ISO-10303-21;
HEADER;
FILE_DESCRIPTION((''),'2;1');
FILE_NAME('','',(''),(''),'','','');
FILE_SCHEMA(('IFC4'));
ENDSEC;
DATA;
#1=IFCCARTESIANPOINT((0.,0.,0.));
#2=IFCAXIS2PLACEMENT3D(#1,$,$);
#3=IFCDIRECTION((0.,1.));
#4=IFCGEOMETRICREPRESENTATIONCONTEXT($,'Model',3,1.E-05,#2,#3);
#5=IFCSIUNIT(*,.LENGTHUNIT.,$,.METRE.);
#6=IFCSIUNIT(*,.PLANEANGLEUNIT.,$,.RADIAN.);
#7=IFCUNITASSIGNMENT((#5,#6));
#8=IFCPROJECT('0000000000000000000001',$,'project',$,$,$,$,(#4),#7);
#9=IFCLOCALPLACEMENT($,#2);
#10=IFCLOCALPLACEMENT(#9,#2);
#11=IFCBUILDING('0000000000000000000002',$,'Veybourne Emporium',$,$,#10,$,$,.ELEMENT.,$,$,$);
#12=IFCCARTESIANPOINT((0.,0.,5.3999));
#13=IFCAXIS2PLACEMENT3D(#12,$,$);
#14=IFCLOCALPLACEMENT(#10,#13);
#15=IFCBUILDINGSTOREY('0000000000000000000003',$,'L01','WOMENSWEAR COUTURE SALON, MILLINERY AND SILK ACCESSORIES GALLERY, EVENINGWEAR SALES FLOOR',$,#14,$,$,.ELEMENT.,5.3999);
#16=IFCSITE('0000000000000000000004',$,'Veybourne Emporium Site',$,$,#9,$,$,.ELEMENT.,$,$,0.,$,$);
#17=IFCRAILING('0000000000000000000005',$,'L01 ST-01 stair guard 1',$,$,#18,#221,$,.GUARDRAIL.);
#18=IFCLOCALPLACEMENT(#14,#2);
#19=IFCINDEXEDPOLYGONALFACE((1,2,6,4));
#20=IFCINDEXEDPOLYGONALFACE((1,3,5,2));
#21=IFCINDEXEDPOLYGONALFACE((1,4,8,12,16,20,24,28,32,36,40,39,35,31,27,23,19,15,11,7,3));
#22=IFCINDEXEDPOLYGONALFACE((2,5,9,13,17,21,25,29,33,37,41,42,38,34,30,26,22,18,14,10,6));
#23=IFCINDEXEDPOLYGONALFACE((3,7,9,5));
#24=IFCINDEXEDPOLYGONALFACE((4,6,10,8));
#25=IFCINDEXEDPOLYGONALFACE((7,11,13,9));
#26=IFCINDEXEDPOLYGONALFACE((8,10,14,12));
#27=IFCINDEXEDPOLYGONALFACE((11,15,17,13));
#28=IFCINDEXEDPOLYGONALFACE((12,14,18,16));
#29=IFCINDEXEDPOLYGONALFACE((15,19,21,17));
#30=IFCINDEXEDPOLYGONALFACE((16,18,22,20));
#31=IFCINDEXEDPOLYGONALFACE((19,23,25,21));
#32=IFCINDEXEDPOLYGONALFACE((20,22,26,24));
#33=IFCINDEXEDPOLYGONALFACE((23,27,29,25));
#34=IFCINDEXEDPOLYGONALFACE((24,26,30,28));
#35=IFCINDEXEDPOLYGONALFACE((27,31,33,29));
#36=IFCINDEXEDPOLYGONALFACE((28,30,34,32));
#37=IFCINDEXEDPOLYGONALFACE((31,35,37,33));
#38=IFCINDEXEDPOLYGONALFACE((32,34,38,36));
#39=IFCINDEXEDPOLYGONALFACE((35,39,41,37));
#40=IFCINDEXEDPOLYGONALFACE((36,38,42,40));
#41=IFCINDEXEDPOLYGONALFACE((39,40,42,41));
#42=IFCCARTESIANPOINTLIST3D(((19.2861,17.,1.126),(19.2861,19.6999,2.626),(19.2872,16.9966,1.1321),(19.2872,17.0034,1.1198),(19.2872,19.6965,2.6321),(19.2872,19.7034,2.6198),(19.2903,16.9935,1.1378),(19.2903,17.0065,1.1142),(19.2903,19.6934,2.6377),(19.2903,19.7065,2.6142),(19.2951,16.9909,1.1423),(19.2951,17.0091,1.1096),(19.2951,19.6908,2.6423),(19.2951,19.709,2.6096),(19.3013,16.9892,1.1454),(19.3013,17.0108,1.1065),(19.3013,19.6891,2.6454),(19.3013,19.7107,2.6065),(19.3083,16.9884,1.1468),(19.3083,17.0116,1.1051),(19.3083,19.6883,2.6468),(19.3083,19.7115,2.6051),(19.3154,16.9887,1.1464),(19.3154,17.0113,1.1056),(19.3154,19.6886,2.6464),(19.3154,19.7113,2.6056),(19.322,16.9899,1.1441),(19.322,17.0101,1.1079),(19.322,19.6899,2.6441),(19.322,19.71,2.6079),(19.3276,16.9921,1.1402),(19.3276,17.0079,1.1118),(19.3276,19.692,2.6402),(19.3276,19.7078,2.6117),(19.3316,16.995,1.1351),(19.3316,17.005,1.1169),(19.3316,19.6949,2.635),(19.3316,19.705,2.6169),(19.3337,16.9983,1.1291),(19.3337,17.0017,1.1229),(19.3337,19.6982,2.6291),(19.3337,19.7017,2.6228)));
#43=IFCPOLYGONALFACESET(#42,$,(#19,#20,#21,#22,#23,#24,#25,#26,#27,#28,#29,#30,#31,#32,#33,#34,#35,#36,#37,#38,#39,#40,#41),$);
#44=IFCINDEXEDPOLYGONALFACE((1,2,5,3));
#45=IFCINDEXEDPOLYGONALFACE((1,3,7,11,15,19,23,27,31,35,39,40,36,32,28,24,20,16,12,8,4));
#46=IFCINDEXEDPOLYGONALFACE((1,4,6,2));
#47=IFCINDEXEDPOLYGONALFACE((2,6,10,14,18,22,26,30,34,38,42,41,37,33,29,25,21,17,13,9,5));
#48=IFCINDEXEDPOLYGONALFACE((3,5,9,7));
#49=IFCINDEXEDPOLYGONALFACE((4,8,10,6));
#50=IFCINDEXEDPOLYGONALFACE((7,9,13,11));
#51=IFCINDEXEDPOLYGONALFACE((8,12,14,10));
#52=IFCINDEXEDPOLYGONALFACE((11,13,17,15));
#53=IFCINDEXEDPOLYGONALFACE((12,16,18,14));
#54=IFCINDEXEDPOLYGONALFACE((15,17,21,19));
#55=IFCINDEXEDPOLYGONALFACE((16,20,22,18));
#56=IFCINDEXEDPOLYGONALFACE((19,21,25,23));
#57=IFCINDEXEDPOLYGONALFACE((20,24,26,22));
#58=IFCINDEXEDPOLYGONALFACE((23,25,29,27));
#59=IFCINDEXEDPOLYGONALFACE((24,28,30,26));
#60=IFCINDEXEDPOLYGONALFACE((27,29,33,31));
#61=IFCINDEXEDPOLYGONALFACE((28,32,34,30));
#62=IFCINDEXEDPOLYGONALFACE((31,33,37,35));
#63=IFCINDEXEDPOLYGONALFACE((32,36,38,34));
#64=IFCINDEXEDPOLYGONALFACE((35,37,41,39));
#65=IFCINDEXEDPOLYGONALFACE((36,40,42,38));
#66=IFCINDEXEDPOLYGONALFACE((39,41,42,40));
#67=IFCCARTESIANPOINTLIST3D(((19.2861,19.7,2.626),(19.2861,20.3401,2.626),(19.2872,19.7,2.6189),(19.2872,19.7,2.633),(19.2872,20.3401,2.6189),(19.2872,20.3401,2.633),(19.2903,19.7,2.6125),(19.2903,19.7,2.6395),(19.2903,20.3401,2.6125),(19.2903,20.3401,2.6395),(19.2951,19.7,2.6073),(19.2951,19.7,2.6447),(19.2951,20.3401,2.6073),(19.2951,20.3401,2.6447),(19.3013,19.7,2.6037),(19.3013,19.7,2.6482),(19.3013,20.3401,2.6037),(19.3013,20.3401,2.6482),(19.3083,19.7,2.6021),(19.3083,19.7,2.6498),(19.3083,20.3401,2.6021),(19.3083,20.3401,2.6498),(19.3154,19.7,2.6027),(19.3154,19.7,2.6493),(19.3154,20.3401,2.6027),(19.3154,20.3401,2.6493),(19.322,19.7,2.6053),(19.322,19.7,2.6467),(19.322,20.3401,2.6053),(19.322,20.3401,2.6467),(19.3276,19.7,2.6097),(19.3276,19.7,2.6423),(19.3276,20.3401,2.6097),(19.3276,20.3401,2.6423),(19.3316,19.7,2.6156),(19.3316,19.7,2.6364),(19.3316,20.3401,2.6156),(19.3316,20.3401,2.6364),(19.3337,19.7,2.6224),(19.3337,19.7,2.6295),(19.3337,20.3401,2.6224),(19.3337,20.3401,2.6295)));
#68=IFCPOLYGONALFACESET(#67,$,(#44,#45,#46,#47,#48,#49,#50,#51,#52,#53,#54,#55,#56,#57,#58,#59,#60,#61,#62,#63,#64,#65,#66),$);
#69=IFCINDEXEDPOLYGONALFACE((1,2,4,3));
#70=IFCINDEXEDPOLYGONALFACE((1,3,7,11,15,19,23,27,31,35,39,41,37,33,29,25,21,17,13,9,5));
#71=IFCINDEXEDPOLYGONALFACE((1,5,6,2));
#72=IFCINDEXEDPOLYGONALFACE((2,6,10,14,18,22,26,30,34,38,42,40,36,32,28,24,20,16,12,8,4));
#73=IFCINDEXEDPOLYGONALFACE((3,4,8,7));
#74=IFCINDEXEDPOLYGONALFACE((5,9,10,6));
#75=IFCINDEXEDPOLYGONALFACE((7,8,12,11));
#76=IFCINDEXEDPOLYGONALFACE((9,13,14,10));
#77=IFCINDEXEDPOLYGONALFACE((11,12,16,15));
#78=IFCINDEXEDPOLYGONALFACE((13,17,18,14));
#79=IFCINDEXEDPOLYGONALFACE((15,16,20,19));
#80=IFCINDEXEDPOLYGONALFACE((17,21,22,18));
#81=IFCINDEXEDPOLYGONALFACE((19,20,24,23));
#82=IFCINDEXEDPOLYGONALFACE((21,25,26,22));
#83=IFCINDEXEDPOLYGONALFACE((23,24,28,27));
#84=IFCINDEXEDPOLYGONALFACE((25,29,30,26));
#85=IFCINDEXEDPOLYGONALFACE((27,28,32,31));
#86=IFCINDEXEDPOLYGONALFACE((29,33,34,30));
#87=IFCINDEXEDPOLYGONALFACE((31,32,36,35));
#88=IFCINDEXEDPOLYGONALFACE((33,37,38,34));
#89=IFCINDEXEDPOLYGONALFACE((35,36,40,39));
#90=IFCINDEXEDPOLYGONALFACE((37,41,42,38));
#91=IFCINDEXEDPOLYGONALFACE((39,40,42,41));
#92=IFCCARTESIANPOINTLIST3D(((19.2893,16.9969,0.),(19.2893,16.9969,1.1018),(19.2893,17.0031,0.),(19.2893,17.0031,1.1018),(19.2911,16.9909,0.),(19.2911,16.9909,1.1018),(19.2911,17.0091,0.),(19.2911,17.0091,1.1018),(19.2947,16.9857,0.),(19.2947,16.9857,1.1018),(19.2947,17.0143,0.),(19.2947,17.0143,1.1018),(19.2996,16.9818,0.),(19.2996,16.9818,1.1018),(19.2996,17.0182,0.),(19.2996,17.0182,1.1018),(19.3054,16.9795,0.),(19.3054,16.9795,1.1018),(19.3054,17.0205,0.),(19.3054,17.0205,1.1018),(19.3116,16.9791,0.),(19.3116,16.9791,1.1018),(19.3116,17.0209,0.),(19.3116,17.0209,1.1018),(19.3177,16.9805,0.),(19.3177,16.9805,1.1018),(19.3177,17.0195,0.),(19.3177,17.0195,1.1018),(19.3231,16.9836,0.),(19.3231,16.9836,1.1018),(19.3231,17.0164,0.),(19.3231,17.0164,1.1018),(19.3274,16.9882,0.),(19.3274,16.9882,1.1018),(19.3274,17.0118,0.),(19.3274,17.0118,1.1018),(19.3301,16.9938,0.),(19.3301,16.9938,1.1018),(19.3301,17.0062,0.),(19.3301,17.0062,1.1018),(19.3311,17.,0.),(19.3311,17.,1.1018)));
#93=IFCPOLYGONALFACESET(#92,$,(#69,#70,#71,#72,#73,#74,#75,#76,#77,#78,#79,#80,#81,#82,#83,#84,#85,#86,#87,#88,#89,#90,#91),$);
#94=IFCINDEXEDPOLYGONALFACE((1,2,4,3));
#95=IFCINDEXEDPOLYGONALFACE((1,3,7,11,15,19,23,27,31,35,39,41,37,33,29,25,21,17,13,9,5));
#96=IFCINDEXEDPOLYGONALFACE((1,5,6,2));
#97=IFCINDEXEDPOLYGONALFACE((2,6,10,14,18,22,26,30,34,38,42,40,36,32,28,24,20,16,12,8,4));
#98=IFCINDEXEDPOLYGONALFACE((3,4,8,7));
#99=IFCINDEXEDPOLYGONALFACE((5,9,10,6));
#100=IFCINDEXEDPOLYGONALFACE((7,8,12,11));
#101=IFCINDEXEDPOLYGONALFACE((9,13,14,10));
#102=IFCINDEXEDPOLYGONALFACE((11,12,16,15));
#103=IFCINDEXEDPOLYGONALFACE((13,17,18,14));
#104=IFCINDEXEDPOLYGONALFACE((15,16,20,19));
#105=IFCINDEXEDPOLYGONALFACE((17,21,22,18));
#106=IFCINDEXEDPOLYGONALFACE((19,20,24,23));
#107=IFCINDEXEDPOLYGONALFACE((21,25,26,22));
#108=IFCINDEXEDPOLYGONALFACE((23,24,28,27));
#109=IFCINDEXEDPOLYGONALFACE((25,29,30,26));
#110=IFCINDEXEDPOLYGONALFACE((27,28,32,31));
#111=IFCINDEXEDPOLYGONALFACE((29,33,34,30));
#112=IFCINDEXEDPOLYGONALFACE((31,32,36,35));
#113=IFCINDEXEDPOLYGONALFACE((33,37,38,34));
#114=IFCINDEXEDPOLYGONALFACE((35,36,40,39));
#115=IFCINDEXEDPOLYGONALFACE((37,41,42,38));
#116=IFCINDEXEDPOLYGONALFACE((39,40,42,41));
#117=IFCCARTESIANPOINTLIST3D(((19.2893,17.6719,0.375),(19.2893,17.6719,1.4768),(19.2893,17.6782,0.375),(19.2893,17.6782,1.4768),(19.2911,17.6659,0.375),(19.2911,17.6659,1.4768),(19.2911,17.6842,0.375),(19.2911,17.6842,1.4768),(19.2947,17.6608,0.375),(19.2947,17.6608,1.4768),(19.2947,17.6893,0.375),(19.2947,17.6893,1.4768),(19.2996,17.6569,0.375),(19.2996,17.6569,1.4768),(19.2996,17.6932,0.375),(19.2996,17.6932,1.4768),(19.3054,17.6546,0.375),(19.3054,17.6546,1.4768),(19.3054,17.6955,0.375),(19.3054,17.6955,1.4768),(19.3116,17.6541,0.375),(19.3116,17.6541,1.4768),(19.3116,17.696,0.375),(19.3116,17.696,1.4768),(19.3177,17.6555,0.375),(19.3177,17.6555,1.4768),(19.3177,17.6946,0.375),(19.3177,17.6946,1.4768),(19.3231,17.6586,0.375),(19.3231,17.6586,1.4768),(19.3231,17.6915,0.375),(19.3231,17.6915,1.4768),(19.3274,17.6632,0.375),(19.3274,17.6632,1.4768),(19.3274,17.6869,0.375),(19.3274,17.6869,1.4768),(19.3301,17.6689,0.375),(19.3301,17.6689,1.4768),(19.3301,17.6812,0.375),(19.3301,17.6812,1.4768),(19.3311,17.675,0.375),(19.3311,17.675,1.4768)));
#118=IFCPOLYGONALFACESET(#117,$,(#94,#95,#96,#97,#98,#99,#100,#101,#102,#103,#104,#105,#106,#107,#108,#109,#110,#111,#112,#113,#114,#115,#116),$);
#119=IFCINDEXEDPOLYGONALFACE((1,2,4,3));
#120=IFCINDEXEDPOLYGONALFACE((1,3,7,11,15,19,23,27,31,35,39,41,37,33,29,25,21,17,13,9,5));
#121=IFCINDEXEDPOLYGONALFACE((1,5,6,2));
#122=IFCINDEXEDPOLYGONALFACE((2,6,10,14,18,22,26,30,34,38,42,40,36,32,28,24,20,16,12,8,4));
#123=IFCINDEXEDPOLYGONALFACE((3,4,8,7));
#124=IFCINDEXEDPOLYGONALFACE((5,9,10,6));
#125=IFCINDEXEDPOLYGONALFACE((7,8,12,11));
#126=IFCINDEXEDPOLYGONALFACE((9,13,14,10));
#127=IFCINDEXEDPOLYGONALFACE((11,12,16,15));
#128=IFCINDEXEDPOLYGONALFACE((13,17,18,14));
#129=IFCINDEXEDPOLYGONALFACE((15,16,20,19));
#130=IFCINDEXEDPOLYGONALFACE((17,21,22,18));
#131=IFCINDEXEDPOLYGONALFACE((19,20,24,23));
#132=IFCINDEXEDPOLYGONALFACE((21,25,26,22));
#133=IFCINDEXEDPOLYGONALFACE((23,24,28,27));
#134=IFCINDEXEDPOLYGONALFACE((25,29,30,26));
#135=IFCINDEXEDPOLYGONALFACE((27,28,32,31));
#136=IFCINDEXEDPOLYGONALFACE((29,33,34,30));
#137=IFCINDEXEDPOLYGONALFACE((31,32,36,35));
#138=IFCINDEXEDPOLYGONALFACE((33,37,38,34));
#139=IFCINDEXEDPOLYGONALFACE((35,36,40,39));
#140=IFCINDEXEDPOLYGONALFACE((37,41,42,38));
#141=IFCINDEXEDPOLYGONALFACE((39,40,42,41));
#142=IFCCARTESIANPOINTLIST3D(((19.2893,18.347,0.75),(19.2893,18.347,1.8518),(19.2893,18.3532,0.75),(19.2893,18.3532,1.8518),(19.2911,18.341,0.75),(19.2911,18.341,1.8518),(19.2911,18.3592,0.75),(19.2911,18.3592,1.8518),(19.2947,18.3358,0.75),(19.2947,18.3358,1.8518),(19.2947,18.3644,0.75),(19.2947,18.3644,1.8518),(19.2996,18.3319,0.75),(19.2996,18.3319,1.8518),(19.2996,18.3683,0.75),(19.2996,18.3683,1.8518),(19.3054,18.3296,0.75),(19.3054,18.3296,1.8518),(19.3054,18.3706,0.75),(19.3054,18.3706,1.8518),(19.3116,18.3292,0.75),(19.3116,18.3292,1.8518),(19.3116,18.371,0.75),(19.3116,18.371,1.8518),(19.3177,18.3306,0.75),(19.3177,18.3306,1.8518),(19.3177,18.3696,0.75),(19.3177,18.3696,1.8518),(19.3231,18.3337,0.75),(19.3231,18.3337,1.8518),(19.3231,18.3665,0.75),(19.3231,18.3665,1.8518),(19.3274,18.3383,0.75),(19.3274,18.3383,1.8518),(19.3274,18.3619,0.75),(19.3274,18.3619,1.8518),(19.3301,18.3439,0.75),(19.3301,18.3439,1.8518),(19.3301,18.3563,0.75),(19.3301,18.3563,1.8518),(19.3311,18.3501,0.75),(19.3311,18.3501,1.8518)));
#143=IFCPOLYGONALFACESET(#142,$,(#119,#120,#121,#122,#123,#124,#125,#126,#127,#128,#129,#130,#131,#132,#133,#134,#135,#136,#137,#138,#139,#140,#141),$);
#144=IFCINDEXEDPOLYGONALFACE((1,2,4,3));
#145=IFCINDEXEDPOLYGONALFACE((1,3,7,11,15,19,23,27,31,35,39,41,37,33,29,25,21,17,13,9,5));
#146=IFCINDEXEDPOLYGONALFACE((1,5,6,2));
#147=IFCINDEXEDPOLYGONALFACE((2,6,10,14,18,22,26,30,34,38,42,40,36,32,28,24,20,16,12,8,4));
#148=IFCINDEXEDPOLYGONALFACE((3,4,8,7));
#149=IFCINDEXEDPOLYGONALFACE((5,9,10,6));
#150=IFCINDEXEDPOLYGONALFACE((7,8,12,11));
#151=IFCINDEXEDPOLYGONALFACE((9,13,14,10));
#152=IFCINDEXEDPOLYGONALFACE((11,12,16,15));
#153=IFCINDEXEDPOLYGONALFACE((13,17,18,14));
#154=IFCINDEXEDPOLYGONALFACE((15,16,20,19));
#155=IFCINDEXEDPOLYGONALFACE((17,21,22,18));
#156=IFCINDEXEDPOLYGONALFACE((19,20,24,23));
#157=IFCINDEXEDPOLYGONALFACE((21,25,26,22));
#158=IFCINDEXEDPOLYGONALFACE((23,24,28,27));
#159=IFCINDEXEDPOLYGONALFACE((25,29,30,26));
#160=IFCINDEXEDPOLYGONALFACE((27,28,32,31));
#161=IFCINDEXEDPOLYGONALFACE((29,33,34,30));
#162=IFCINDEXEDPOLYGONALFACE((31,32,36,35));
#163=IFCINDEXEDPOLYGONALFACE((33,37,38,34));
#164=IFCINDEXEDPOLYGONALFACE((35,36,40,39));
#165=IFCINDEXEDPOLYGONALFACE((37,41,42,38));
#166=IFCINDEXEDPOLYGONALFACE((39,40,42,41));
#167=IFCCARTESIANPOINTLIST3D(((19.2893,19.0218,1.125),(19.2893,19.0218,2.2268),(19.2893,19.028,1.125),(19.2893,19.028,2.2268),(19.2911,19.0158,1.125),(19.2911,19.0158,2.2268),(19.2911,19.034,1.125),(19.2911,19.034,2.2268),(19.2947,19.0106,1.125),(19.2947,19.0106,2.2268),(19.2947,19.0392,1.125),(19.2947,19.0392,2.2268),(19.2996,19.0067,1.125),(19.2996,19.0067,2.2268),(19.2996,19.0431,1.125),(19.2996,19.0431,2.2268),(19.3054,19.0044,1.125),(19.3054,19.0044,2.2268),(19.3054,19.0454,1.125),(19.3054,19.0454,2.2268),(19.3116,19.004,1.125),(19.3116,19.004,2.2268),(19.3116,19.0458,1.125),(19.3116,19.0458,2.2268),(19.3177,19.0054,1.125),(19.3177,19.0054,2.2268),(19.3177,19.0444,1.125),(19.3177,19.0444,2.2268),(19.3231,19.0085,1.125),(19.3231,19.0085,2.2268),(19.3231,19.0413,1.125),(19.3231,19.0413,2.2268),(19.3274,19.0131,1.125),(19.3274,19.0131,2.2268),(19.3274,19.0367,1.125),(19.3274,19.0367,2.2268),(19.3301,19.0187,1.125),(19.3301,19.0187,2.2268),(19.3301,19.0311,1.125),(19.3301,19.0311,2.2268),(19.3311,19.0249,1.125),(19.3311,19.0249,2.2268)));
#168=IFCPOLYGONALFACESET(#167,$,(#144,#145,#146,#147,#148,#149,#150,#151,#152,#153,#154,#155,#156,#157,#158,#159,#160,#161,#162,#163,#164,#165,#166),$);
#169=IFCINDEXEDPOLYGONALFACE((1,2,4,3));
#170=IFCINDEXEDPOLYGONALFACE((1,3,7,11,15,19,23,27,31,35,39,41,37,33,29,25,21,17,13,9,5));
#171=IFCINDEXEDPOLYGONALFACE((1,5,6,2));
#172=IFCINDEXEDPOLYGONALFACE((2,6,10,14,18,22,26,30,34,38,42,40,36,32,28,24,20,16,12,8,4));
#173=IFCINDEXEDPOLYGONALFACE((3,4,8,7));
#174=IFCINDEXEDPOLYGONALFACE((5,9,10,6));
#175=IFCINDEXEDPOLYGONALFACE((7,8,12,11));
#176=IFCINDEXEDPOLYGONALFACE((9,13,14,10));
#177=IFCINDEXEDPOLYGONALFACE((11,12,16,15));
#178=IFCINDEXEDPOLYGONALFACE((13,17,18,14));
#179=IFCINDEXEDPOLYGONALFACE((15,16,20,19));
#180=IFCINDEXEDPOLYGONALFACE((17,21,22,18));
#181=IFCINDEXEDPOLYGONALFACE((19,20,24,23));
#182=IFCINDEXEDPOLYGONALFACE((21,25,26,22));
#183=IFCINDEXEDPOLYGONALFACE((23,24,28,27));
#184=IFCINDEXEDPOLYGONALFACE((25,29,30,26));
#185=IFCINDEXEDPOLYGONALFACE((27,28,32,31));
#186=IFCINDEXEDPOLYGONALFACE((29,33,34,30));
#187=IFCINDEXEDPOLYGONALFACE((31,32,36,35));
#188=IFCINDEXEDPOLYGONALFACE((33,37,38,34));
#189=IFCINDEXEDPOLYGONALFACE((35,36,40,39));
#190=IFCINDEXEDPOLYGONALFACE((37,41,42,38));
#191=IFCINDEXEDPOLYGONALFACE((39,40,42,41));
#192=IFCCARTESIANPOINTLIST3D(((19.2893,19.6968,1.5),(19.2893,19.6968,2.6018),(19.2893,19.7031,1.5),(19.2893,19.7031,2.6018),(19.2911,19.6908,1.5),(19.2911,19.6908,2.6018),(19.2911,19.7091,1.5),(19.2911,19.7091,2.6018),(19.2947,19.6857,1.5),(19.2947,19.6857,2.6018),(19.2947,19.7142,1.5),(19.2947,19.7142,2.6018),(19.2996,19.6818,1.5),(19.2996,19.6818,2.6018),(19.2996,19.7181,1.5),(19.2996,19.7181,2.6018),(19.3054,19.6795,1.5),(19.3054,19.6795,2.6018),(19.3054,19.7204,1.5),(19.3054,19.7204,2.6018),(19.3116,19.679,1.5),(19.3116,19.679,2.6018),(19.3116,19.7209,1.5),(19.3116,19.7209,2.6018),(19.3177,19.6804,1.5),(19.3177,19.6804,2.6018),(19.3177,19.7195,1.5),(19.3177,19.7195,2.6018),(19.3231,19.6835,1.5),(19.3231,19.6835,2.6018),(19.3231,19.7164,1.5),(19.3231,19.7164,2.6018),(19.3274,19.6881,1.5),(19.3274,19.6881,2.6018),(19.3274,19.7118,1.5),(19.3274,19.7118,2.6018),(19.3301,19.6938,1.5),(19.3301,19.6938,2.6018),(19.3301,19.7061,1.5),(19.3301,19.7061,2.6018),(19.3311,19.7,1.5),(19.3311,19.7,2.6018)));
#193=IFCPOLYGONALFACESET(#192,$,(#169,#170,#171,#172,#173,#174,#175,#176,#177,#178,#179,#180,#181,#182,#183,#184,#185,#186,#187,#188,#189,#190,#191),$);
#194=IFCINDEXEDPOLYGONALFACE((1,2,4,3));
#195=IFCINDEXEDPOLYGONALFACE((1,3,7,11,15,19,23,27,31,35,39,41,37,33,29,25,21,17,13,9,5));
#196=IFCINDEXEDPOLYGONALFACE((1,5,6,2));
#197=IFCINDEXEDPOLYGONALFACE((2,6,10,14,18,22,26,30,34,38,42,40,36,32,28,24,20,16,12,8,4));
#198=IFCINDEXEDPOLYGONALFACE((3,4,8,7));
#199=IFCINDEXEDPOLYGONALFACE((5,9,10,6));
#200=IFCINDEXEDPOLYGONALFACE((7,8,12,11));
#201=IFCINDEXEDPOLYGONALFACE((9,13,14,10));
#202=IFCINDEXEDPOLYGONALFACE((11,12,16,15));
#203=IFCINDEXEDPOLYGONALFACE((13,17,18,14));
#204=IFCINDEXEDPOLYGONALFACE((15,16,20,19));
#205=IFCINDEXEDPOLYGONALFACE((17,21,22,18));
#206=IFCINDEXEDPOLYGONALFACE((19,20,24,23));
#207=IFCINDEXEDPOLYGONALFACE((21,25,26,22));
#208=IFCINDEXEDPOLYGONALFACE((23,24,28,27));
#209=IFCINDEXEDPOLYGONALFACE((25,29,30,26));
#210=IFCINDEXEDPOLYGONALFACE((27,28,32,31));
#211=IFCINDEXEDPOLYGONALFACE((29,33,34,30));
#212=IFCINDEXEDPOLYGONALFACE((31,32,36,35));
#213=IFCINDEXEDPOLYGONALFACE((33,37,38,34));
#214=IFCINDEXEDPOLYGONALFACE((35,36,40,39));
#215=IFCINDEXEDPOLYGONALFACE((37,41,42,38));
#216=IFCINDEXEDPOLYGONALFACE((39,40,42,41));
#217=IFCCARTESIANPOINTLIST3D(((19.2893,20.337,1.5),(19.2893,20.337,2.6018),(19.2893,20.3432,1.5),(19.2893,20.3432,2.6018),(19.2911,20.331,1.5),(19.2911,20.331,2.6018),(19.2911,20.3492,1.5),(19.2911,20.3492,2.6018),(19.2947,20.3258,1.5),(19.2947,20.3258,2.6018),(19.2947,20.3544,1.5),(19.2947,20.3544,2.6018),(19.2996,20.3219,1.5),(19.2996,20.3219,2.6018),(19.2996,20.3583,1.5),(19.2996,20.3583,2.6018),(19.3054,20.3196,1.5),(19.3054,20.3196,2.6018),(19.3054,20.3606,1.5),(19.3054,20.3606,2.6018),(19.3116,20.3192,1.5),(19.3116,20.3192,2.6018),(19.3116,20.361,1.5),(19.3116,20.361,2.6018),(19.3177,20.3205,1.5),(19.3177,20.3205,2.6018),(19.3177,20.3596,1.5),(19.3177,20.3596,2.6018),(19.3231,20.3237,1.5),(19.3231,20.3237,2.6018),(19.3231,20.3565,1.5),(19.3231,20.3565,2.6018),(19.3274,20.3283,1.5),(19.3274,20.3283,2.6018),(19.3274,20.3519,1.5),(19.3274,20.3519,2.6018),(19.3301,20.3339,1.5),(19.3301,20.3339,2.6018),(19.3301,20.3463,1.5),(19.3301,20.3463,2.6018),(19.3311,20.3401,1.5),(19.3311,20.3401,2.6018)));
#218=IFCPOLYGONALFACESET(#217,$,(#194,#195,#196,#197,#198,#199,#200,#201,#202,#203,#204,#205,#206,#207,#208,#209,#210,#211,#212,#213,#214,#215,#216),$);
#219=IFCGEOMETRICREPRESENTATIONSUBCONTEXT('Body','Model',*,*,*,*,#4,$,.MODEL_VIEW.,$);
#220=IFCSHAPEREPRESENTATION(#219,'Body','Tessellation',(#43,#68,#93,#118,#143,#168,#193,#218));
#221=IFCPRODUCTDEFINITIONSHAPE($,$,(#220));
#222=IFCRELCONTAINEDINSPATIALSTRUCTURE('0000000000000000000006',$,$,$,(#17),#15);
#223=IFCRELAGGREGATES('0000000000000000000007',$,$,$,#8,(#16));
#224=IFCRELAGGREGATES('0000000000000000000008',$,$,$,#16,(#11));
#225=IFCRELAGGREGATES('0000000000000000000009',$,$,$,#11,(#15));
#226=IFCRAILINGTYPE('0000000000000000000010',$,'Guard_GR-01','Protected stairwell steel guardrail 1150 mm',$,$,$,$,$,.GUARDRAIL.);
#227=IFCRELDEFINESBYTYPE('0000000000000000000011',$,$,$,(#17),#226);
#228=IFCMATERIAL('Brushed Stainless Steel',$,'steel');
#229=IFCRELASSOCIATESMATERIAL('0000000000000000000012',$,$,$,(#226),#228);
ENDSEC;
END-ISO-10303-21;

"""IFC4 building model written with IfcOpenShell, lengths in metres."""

from ifc_helpers import new_model, si_unit, direction, frame, origin, origin_2d, place, context, subcontext, project, spatial, circle, extrude, material, type_object, element, save


model = new_model("IFC4")

# Units and contexts
model_context = context("Model", 3, precision=1e-05, world=origin(), true_north=direction((0.0, 1.0)))
body_context = subcontext(model_context, "Body", "Model", "MODEL_VIEW")
ifc_project = project(units=[si_unit("LENGTHUNIT", "METRE"), si_unit("PLANEANGLEUNIT", "RADIAN")], contexts=[model_context])

# Site, building, storey
site_placement = place(None, origin())
site = spatial("IfcSite", under=ifc_project, at=site_placement, Name="Veybourne Emporium Site", CompositionType="ELEMENT", RefElevation=0.0)
building_placement = place(site_placement, origin())
building = spatial("IfcBuilding", under=site, at=building_placement, Name="Veybourne Emporium", CompositionType="ELEMENT")
storey_placement = place(building_placement, frame((0.0, 0.0, 5.3999)))
storey = spatial("IfcBuildingStorey", under=building, at=storey_placement, Name="L01", Description="WOMENSWEAR COUTURE SALON, MILLINERY AND SILK ACCESSORIES GALLERY, EVENINGWEAR SALES FLOOR", CompositionType="ELEMENT", Elevation=5.3999)

# Railing
ifc_material_1 = material(Name="Brushed Stainless Steel", Category="steel")
railing_type_1 = type_object("IfcRailingType", Name="Guard_GR-01", Description="Protected stairwell steel guardrail 1150 mm", PredefinedType="GUARDRAIL", material=ifc_material_1)
railing_1_placement = place(storey_placement, frame((19.3101, 17.0, 0.0)))
element("IfcRailing", 1, at=railing_1_placement, inside=storey, type_object=railing_type_1, Name="L01 ST-01 stair guard 1", PredefinedType="GUARDRAIL", context=body_context, shape_type="SweptSolid", body=[
    extrude(circle(Radius=0.0239, at=origin_2d()), frame((0.0, 0.0, 1.126), z_axis=(0.0, 0.874154, 0.48565), x_axis=(-1.0, 0.0, 0.0)), (0.0, 0.0, 1.0), 3.0886),
    extrude(circle(Radius=0.0239, at=origin_2d()), frame((0.0, 2.7, 2.626), z_axis=(0.0, 1.0, 0.0), x_axis=(-1.0, 0.0, 0.0)), (0.0, 0.0, 1.0), 0.6401),
    extrude(circle(Radius=0.021, at=origin_2d()), origin(), (0.0, 0.0, 1.0), 1.1018),
    extrude(circle(Radius=0.021, at=origin_2d()), frame((0.0, 0.675, 0.375)), (0.0, 0.0, 1.0), 1.1018),
    extrude(circle(Radius=0.021, at=origin_2d()), frame((0.0, 1.3501, 0.75)), (0.0, 0.0, 1.0), 1.1018),
    extrude(circle(Radius=0.021, at=origin_2d()), frame((0.0, 2.0249, 1.125)), (0.0, 0.0, 1.0), 1.1018),
    extrude(circle(Radius=0.021, at=origin_2d()), frame((0.0, 2.7, 1.5)), (0.0, 0.0, 1.0), 1.1018),
    extrude(circle(Radius=0.021, at=origin_2d()), frame((0.0, 3.3401, 1.5)), (0.0, 0.0, 1.0), 1.1018),
])

save(model, "model.ifc")
